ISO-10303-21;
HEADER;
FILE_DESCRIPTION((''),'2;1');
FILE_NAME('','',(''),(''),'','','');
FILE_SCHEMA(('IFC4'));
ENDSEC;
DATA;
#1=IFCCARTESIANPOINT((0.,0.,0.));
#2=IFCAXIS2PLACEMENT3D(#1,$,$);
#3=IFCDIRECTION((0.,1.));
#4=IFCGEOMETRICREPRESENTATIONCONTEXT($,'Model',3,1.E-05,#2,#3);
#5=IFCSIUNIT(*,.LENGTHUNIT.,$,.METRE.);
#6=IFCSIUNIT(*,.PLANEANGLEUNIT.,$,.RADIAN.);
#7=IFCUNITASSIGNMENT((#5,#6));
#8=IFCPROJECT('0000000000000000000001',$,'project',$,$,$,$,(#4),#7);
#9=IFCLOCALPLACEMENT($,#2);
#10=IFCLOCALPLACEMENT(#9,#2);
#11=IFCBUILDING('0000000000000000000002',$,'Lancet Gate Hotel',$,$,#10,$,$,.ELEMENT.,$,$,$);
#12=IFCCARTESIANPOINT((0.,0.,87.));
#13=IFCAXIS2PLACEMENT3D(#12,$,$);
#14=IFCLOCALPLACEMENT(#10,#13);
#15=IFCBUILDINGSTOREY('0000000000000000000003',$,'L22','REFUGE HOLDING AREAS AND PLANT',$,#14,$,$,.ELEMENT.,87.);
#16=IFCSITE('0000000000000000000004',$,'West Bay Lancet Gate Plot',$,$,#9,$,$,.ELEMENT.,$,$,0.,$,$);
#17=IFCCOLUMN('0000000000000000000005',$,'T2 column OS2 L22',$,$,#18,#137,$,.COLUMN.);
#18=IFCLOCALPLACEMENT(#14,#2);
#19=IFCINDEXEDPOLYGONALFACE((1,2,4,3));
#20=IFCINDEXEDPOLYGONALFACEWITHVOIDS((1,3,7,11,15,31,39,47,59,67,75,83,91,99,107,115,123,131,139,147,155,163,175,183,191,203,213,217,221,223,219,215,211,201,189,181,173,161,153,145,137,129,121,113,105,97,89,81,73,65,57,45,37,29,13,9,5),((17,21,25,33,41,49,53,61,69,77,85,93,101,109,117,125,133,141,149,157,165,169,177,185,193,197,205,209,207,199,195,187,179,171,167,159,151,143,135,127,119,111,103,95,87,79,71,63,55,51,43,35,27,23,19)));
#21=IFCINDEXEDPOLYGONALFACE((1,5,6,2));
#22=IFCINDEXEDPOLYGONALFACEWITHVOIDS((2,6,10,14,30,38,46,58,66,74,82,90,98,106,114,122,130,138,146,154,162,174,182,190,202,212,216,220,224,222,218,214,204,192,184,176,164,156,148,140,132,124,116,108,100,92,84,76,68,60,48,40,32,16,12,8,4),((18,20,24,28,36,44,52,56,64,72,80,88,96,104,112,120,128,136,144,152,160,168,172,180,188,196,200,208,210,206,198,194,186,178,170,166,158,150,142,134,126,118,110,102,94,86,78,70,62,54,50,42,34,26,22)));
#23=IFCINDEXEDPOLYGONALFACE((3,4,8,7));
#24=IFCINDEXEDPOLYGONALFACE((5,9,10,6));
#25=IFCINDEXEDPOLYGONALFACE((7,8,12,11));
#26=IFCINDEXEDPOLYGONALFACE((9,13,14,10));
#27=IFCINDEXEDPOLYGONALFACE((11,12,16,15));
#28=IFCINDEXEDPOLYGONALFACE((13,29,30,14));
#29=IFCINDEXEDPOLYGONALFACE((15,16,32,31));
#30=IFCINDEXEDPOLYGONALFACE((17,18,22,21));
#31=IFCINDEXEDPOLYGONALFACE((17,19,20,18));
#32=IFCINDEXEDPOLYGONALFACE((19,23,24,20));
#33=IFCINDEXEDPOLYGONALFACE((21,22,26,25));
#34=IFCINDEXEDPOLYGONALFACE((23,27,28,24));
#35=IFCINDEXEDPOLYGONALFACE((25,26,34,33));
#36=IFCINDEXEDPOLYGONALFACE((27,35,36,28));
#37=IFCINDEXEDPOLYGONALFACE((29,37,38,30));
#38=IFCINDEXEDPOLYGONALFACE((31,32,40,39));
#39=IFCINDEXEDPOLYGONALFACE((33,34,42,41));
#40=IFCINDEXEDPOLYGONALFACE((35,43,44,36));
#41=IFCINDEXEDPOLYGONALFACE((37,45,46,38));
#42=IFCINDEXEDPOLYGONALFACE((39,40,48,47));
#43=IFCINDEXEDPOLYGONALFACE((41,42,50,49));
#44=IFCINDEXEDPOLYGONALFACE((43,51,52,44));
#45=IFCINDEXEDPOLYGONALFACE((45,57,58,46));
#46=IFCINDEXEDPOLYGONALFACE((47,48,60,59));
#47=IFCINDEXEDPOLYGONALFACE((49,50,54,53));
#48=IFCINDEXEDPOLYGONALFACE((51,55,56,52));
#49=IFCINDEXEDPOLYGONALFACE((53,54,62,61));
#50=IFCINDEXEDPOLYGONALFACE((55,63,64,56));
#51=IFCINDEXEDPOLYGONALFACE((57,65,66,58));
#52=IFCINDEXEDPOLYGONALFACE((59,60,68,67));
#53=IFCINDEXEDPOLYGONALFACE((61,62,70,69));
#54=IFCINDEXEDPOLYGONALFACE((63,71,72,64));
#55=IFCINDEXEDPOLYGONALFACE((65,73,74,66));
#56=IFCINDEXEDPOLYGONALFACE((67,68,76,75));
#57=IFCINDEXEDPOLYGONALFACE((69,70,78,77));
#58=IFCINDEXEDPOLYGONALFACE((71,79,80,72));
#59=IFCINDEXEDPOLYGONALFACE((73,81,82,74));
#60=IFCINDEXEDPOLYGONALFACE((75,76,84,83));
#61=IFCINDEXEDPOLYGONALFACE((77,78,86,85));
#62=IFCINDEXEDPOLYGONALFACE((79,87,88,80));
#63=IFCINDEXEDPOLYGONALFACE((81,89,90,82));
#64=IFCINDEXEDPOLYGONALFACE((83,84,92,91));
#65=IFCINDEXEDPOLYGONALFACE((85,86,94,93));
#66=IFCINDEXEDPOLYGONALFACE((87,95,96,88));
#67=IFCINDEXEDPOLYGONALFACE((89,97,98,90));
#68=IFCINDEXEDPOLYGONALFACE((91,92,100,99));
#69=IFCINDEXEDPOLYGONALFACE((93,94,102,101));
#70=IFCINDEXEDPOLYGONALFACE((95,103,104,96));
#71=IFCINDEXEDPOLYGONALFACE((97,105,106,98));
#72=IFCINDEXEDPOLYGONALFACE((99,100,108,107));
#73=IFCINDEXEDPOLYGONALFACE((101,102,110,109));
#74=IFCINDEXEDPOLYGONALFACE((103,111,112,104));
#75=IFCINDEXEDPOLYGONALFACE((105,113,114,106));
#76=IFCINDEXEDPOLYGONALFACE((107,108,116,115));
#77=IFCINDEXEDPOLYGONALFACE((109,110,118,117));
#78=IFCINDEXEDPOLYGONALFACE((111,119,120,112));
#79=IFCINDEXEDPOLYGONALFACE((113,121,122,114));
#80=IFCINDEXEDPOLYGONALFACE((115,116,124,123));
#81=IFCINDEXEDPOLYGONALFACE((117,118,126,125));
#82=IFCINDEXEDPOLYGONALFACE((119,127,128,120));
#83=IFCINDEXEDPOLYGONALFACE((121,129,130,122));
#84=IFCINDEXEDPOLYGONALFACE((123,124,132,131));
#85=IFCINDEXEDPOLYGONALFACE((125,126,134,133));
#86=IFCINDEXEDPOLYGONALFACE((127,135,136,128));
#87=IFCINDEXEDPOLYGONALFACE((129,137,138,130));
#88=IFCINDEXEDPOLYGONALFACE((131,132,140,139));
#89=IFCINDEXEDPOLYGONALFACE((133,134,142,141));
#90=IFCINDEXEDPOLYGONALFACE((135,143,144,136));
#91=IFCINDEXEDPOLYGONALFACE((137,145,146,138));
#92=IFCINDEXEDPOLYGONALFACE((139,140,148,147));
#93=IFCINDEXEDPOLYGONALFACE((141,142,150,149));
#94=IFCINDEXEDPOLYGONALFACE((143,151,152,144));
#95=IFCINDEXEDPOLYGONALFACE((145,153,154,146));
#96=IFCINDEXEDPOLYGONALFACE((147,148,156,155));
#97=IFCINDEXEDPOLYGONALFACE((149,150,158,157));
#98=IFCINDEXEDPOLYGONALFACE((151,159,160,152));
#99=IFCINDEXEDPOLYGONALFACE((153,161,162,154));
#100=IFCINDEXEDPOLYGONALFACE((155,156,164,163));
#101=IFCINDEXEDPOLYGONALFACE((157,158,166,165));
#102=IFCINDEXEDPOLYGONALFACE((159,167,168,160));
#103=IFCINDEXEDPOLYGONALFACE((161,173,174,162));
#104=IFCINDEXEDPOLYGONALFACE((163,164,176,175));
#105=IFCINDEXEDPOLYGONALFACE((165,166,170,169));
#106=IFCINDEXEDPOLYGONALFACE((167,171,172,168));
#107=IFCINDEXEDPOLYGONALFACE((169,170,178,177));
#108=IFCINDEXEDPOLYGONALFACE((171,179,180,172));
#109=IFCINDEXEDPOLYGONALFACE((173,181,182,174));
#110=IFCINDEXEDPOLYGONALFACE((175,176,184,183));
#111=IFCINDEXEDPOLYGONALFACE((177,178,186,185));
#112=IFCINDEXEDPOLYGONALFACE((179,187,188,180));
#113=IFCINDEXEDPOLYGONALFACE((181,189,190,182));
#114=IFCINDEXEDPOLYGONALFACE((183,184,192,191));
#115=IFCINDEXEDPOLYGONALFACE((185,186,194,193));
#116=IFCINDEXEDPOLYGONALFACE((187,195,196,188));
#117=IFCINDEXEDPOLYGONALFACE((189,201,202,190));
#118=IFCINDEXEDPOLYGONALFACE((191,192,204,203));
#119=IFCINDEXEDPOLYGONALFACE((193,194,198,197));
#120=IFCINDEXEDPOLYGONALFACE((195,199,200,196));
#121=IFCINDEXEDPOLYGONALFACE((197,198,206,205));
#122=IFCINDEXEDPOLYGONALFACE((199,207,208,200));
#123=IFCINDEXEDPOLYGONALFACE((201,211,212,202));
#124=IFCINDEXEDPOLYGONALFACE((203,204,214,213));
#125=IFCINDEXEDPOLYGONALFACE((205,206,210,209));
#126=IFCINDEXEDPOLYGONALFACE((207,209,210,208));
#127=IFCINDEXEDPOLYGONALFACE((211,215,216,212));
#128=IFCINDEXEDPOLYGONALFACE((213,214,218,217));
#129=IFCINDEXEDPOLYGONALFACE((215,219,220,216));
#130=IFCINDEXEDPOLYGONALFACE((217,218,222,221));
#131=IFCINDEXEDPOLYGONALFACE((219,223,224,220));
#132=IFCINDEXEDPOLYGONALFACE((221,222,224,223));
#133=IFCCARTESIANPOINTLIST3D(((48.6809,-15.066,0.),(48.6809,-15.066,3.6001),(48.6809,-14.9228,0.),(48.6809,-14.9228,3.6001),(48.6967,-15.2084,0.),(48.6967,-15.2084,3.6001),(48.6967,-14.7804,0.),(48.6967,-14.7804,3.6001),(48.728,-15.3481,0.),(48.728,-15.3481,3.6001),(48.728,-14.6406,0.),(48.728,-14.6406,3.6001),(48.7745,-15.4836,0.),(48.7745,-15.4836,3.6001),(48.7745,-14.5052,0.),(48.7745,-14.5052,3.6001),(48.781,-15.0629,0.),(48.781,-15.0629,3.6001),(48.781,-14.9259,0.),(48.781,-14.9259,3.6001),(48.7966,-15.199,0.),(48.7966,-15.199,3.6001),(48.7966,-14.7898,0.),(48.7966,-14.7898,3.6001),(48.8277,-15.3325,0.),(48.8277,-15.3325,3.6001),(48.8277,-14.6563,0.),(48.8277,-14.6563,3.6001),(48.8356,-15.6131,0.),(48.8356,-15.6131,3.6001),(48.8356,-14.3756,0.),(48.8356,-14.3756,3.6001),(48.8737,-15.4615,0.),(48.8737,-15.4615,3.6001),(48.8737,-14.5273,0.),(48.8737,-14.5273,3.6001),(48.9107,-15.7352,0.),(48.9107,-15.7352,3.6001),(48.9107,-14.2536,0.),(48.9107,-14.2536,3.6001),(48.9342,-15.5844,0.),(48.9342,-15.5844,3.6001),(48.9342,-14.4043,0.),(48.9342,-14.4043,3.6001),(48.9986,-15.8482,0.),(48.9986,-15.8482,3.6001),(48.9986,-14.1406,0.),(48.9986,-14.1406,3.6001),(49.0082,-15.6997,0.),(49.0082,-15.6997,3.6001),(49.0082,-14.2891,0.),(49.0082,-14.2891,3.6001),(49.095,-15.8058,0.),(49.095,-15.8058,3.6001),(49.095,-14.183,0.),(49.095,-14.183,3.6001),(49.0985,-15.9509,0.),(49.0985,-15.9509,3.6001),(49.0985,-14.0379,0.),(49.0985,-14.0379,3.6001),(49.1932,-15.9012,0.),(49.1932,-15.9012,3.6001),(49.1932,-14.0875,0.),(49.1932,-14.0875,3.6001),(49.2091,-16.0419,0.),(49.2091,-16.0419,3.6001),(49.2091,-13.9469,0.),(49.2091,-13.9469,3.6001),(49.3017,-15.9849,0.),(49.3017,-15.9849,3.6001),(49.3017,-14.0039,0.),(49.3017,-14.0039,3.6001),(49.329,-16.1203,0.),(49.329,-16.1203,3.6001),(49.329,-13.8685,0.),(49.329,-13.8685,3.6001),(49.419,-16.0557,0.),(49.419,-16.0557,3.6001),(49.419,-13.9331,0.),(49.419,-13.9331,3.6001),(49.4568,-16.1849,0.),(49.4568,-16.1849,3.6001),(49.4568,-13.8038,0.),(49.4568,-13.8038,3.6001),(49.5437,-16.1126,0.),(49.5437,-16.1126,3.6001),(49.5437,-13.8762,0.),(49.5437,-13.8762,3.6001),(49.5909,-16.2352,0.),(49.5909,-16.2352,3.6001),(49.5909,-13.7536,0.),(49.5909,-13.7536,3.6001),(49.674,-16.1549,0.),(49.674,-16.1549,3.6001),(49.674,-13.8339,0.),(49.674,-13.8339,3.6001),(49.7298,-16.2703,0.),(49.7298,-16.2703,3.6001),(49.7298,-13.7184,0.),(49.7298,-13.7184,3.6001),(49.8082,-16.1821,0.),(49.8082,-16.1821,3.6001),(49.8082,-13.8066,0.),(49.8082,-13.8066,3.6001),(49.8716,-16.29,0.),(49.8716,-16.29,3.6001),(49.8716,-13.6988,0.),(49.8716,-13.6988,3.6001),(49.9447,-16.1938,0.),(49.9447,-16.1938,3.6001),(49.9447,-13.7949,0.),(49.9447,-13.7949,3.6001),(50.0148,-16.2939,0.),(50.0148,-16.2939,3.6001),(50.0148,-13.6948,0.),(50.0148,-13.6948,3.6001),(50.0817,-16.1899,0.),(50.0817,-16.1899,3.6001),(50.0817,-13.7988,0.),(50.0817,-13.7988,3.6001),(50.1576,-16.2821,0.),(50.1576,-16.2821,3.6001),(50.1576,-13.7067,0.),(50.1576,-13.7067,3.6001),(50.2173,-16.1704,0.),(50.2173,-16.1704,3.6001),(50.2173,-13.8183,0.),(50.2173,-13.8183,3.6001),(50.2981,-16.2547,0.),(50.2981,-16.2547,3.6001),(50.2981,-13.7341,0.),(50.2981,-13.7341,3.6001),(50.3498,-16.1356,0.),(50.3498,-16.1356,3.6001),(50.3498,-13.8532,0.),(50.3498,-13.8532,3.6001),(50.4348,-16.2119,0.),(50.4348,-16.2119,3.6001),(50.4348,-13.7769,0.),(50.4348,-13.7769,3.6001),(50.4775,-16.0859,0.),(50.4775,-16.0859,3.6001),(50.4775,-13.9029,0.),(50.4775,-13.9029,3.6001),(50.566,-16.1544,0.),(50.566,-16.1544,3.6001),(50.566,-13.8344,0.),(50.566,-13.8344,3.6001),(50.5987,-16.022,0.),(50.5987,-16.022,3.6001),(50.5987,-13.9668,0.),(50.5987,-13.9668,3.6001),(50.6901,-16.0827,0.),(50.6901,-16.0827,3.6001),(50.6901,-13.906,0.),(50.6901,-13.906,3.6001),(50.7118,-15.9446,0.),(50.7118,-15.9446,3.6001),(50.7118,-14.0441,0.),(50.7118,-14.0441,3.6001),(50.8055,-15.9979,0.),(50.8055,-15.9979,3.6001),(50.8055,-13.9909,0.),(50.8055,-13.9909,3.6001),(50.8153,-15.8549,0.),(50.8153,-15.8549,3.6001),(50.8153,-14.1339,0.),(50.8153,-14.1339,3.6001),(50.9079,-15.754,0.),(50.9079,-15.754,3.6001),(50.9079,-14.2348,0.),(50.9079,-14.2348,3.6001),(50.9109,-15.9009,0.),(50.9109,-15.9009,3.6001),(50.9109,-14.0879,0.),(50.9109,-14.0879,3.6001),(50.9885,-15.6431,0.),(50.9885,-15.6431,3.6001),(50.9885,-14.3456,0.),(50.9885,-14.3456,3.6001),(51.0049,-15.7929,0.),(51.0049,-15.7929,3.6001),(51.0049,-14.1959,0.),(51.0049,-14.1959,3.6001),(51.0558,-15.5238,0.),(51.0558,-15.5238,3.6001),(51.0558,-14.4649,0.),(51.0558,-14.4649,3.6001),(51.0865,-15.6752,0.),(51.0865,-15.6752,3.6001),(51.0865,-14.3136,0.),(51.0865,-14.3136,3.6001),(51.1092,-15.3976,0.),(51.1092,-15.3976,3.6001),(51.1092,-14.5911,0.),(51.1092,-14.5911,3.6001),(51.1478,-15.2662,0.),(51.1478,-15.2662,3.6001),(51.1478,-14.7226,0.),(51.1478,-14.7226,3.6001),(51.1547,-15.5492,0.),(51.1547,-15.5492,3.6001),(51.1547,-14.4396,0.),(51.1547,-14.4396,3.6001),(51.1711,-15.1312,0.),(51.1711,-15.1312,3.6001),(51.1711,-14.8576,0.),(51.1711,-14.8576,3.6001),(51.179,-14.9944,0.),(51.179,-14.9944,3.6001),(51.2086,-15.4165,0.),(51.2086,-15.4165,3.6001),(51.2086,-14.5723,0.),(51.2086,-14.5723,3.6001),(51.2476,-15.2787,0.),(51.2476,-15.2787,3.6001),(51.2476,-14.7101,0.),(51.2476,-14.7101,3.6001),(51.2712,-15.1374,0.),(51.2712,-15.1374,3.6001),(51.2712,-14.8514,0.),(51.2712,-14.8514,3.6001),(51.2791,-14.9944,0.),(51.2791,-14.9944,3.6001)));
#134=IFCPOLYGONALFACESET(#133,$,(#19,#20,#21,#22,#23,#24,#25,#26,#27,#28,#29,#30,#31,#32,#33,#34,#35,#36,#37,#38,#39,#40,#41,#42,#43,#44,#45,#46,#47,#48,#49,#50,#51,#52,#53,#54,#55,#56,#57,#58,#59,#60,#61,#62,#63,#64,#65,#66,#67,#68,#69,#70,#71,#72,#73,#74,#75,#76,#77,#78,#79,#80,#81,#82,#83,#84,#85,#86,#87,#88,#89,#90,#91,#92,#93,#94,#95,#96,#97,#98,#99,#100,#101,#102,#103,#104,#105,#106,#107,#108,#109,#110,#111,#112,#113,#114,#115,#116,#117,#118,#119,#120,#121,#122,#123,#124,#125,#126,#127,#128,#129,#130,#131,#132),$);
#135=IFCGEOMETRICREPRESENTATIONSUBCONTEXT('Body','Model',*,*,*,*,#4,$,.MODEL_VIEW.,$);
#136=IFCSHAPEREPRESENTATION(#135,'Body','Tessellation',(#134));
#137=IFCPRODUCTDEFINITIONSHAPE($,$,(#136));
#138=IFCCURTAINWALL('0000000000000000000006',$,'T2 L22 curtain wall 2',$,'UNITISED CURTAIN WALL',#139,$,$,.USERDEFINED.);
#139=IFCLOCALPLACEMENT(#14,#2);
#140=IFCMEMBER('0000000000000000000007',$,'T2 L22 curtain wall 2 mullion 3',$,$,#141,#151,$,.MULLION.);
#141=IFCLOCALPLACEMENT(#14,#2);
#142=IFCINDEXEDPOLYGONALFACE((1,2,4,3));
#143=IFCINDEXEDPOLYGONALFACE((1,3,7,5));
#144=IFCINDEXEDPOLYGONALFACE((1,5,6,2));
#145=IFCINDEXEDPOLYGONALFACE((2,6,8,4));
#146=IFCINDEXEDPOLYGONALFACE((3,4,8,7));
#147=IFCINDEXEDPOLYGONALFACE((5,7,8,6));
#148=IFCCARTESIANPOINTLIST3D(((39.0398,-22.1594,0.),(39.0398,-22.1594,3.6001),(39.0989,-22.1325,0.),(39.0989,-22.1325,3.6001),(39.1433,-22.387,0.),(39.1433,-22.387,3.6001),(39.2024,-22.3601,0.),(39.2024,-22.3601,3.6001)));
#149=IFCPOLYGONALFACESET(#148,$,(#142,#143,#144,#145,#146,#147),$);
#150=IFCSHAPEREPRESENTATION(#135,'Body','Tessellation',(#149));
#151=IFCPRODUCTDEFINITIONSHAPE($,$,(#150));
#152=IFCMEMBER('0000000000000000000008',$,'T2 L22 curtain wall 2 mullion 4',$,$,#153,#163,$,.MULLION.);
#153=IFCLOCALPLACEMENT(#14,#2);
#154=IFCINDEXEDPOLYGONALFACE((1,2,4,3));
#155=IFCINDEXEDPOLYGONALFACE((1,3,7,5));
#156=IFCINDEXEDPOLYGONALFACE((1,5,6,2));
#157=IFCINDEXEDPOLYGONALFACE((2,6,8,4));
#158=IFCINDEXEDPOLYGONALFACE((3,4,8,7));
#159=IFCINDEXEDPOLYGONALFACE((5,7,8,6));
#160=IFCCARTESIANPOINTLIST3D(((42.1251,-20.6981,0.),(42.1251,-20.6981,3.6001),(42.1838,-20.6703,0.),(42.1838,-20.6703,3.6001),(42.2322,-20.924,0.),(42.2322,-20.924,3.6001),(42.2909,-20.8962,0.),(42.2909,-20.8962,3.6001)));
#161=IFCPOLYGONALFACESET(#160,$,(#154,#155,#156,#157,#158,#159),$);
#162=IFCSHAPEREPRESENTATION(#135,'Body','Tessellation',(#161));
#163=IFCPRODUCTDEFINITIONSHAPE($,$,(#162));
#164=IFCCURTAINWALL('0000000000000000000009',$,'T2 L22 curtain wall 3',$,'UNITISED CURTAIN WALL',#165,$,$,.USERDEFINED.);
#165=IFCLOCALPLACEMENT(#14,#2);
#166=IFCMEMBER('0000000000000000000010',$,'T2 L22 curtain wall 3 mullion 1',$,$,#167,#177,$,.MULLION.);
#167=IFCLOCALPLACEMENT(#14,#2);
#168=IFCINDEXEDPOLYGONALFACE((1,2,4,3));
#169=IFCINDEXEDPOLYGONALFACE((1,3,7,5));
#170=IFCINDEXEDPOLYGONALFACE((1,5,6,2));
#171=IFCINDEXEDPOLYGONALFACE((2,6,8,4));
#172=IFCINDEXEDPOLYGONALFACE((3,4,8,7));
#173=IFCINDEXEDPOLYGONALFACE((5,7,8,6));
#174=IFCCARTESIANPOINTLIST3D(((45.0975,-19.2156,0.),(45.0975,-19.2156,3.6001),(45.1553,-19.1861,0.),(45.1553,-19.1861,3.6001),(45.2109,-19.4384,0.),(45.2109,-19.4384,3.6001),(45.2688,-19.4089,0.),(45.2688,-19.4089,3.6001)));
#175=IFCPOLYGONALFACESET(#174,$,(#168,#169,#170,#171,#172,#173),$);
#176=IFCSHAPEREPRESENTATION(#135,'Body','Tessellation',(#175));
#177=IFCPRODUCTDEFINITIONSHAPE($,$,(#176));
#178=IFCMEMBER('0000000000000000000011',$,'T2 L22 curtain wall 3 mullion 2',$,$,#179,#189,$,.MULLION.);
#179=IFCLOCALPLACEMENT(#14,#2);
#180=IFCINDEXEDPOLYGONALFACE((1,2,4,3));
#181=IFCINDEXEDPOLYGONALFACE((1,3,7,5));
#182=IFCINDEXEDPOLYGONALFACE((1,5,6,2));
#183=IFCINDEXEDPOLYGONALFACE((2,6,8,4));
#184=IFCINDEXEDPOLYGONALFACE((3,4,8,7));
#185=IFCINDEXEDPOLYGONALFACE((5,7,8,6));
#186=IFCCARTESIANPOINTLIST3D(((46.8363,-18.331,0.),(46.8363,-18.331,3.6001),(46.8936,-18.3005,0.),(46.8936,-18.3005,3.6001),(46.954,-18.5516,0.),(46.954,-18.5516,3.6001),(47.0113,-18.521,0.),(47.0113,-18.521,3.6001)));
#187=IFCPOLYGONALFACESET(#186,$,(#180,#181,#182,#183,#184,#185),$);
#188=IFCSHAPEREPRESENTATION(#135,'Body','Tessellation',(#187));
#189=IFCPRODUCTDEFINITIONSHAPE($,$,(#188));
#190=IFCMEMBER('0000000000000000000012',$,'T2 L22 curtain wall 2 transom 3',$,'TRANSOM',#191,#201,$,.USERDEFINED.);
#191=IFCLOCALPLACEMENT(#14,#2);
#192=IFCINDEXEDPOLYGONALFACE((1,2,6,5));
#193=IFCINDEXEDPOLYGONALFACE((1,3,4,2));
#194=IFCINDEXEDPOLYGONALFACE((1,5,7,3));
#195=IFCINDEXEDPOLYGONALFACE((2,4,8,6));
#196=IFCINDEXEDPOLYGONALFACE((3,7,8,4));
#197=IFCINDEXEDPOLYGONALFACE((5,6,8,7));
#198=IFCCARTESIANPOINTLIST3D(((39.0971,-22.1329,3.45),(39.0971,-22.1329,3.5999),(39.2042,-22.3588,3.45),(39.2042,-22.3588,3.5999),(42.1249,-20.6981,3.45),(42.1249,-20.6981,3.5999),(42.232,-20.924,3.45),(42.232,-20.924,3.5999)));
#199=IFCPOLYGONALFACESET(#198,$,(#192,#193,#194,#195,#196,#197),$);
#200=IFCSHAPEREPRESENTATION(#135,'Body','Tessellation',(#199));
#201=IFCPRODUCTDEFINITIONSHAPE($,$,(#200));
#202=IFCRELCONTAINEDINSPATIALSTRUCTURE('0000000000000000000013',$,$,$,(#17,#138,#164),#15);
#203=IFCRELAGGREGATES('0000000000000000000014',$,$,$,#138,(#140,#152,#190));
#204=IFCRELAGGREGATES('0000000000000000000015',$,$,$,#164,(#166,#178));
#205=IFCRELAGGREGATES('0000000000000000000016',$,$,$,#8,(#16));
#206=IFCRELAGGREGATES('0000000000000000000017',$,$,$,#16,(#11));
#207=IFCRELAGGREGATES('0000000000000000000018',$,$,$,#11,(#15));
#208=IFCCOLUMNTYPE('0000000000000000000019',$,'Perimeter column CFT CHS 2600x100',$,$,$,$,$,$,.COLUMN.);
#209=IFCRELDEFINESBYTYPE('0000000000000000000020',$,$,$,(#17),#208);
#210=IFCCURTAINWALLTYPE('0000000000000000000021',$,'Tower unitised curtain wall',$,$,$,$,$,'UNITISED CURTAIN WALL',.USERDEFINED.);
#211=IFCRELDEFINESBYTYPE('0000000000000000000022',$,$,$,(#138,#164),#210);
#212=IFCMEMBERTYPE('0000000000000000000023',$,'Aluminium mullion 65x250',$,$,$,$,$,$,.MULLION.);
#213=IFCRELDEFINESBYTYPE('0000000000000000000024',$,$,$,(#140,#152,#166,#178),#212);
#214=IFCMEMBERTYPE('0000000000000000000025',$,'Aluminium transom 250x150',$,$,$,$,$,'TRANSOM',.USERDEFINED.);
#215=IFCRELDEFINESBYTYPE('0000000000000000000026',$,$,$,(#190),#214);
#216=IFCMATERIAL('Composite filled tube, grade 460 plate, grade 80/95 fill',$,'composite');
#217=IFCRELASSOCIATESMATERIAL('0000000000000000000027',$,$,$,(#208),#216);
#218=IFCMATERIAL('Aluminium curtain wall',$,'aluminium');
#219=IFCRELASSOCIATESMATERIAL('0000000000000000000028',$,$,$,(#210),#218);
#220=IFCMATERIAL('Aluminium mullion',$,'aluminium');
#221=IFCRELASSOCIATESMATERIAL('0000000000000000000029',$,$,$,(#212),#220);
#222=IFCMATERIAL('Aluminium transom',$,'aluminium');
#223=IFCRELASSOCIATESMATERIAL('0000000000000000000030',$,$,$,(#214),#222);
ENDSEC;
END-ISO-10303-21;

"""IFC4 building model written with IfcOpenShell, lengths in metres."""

from ifc_helpers import new_model, si_unit, direction, frame, origin, origin_2d, place, context, subcontext, project, spatial, rectangle, hollow_circle, extrude, material, material_profile, profile_set, type_object, element, aggregate, save


model = new_model("IFC4")

# Units and contexts
model_context = context("Model", 3, precision=1e-05, world=origin(), true_north=direction((0.0, 1.0)))
body_context = subcontext(model_context, "Body", "Model", "MODEL_VIEW")
ifc_project = project(units=[si_unit("LENGTHUNIT", "METRE"), si_unit("PLANEANGLEUNIT", "RADIAN")], contexts=[model_context])

# Site, building, storey
site_placement = place(None, origin())
site = spatial("IfcSite", under=ifc_project, at=site_placement, Name="West Bay Lancet Gate Plot", CompositionType="ELEMENT", RefElevation=0.0)
building_placement = place(site_placement, origin())
building = spatial("IfcBuilding", under=site, at=building_placement, Name="Lancet Gate Hotel", CompositionType="ELEMENT")
storey_placement = place(building_placement, frame((0.0, 0.0, 87.0)))
storey = spatial("IfcBuildingStorey", under=building, at=storey_placement, Name="L22", Description="REFUGE HOLDING AREAS AND PLANT", CompositionType="ELEMENT", Elevation=87.0)

# Column
ifc_material_1 = material(Name="Composite filled tube, grade 460 plate, grade 80/95 fill", Category="composite")
ifc_material_profile_1 = material_profile(ifc_material_1, hollow_circle(Radius=1.3, WallThickness=0.1001, at=origin_2d()), Name="CHS 2600x100")
ifc_profile_set_1 = profile_set([ifc_material_profile_1], Name="Composite filled tube, grade 460 plate, grade 80/95 fill")
column_type = type_object("IfcColumnType", Name="Perimeter column CFT CHS 2600x100", PredefinedType="COLUMN", material=ifc_profile_set_1)
for number, where, z_axis, x_axis, name in (
    (1, (49.979, -14.9944, 0.0), (0.0, 0.0, 1.0), (1.0, 0.0, 0.0), "T2 column OS2 L22"),
):
    element("IfcColumn", number, at=place(storey_placement, frame(where, z_axis=z_axis, x_axis=x_axis)), inside=storey, type_object=column_type, Name=name, PredefinedType="COLUMN", context=body_context, shape_type="SweptSolid", body=[
        extrude(hollow_circle(Radius=1.3, WallThickness=0.1001, at=origin_2d()), origin(), (0.0, 0.0, 1.0), 3.6001),
    ])

# Curtain walls, members
ifc_material_2 = material(Name="Aluminium curtain wall", Category="aluminium")
curtain_wall_type = type_object("IfcCurtainWallType", Name="Tower unitised curtain wall", ElementType="UNITISED CURTAIN WALL", PredefinedType="USERDEFINED", material=ifc_material_2)
curtain_wall_1_placement = place(storey_placement, origin())
curtain_wall_1 = element("IfcCurtainWall", 2, at=curtain_wall_1_placement, inside=storey, type_object=curtain_wall_type, Name="T2 L22 curtain wall 2", ObjectType="UNITISED CURTAIN WALL", PredefinedType="USERDEFINED")
ifc_material_3 = material(Name="Aluminium mullion", Category="aluminium")
ifc_material_profile_2 = material_profile(ifc_material_3, rectangle(XDim=0.0649, YDim=0.25, at=origin_2d()), Name="MULLION 65x250")
ifc_profile_set_2 = profile_set([ifc_material_profile_2], Name="Aluminium mullion")
member_type_1 = type_object("IfcMemberType", Name="Aluminium mullion 65x250", PredefinedType="MULLION", material=ifc_profile_set_2)
member_1_placement = place(storey_placement, frame((39.1211, -22.2598, 0.0), z_axis=(0.0, 0.0, 1.0), x_axis=(0.910379, 0.413775, 0.0)))
member_1 = element("IfcMember", 3, at=member_1_placement, type_object=member_type_1, Name="T2 L22 curtain wall 2 mullion 3", PredefinedType="MULLION", context=body_context, shape_type="SweptSolid", body=[
    extrude(rectangle(XDim=0.0649, YDim=0.25, at=origin_2d()), origin(), (0.0, 0.0, 1.0), 3.6001),
])
member_2_placement = place(storey_placement, frame((42.208, -20.7971, 0.0), z_axis=(0.0, 0.0, 1.0), x_axis=(0.903683, 0.428201, 0.0)))
member_2 = element("IfcMember", 4, at=member_2_placement, type_object=member_type_1, Name="T2 L22 curtain wall 2 mullion 4", PredefinedType="MULLION", context=body_context, shape_type="SweptSolid", body=[
    extrude(rectangle(XDim=0.0649, YDim=0.25, at=origin_2d()), origin(), (0.0, 0.0, 1.0), 3.6001),
])
curtain_wall_2_placement = place(storey_placement, origin())
curtain_wall_2 = element("IfcCurtainWall", 5, at=curtain_wall_2_placement, inside=storey, type_object=curtain_wall_type, Name="T2 L22 curtain wall 3", ObjectType="UNITISED CURTAIN WALL", PredefinedType="USERDEFINED")
member_3_placement = place(storey_placement, frame((45.1831, -19.3123, 0.0), z_axis=(0.0, 0.0, 1.0), x_axis=(0.891159, 0.45369, 0.0)))
member_3 = element("IfcMember", 6, at=member_3_placement, type_object=member_type_1, Name="T2 L22 curtain wall 3 mullion 1", PredefinedType="MULLION", context=body_context, shape_type="SweptSolid", body=[
    extrude(rectangle(XDim=0.0649, YDim=0.25, at=origin_2d()), origin(), (0.0, 0.0, 1.0), 3.6001),
])
member_4_placement = place(storey_placement, frame((46.9238, -18.426, 0.0), z_axis=(0.0, 0.0, 1.0), x_axis=(0.882237, 0.470806, 0.0)))
member_4 = element("IfcMember", 7, at=member_4_placement, type_object=member_type_1, Name="T2 L22 curtain wall 3 mullion 2", PredefinedType="MULLION", context=body_context, shape_type="SweptSolid", body=[
    extrude(rectangle(XDim=0.0649, YDim=0.25, at=origin_2d()), origin(), (0.0, 0.0, 1.0), 3.6001),
])

# Member
ifc_material_4 = material(Name="Aluminium transom", Category="aluminium")
ifc_material_profile_3 = material_profile(ifc_material_4, rectangle(XDim=0.25, YDim=0.1499, at=origin_2d()), Name="TRANSOM 250x150")
ifc_profile_set_3 = profile_set([ifc_material_profile_3], Name="Aluminium transom")
member_type_2 = type_object("IfcMemberType", Name="Aluminium transom 250x150", ElementType="TRANSOM", PredefinedType="USERDEFINED", material=ifc_profile_set_3)
member_5_placement = place(storey_placement, frame((39.1506, -22.2458, 3.5249), z_axis=(0.903671, 0.428227, 0.0), x_axis=(-0.428227, 0.903671, 0.0)))
member_5 = element("IfcMember", 8, at=member_5_placement, type_object=member_type_2, Name="T2 L22 curtain wall 2 transom 3", ObjectType="TRANSOM", PredefinedType="USERDEFINED", context=body_context, shape_type="SweptSolid", body=[
    extrude(rectangle(XDim=0.25, YDim=0.1499, at=origin_2d()), origin(), (0.0, 0.0, 1.0), 3.3506),
])

aggregate(curtain_wall_1, [member_1, member_2, member_5])
aggregate(curtain_wall_2, [member_3, member_4])

save(model, "model.ifc")
